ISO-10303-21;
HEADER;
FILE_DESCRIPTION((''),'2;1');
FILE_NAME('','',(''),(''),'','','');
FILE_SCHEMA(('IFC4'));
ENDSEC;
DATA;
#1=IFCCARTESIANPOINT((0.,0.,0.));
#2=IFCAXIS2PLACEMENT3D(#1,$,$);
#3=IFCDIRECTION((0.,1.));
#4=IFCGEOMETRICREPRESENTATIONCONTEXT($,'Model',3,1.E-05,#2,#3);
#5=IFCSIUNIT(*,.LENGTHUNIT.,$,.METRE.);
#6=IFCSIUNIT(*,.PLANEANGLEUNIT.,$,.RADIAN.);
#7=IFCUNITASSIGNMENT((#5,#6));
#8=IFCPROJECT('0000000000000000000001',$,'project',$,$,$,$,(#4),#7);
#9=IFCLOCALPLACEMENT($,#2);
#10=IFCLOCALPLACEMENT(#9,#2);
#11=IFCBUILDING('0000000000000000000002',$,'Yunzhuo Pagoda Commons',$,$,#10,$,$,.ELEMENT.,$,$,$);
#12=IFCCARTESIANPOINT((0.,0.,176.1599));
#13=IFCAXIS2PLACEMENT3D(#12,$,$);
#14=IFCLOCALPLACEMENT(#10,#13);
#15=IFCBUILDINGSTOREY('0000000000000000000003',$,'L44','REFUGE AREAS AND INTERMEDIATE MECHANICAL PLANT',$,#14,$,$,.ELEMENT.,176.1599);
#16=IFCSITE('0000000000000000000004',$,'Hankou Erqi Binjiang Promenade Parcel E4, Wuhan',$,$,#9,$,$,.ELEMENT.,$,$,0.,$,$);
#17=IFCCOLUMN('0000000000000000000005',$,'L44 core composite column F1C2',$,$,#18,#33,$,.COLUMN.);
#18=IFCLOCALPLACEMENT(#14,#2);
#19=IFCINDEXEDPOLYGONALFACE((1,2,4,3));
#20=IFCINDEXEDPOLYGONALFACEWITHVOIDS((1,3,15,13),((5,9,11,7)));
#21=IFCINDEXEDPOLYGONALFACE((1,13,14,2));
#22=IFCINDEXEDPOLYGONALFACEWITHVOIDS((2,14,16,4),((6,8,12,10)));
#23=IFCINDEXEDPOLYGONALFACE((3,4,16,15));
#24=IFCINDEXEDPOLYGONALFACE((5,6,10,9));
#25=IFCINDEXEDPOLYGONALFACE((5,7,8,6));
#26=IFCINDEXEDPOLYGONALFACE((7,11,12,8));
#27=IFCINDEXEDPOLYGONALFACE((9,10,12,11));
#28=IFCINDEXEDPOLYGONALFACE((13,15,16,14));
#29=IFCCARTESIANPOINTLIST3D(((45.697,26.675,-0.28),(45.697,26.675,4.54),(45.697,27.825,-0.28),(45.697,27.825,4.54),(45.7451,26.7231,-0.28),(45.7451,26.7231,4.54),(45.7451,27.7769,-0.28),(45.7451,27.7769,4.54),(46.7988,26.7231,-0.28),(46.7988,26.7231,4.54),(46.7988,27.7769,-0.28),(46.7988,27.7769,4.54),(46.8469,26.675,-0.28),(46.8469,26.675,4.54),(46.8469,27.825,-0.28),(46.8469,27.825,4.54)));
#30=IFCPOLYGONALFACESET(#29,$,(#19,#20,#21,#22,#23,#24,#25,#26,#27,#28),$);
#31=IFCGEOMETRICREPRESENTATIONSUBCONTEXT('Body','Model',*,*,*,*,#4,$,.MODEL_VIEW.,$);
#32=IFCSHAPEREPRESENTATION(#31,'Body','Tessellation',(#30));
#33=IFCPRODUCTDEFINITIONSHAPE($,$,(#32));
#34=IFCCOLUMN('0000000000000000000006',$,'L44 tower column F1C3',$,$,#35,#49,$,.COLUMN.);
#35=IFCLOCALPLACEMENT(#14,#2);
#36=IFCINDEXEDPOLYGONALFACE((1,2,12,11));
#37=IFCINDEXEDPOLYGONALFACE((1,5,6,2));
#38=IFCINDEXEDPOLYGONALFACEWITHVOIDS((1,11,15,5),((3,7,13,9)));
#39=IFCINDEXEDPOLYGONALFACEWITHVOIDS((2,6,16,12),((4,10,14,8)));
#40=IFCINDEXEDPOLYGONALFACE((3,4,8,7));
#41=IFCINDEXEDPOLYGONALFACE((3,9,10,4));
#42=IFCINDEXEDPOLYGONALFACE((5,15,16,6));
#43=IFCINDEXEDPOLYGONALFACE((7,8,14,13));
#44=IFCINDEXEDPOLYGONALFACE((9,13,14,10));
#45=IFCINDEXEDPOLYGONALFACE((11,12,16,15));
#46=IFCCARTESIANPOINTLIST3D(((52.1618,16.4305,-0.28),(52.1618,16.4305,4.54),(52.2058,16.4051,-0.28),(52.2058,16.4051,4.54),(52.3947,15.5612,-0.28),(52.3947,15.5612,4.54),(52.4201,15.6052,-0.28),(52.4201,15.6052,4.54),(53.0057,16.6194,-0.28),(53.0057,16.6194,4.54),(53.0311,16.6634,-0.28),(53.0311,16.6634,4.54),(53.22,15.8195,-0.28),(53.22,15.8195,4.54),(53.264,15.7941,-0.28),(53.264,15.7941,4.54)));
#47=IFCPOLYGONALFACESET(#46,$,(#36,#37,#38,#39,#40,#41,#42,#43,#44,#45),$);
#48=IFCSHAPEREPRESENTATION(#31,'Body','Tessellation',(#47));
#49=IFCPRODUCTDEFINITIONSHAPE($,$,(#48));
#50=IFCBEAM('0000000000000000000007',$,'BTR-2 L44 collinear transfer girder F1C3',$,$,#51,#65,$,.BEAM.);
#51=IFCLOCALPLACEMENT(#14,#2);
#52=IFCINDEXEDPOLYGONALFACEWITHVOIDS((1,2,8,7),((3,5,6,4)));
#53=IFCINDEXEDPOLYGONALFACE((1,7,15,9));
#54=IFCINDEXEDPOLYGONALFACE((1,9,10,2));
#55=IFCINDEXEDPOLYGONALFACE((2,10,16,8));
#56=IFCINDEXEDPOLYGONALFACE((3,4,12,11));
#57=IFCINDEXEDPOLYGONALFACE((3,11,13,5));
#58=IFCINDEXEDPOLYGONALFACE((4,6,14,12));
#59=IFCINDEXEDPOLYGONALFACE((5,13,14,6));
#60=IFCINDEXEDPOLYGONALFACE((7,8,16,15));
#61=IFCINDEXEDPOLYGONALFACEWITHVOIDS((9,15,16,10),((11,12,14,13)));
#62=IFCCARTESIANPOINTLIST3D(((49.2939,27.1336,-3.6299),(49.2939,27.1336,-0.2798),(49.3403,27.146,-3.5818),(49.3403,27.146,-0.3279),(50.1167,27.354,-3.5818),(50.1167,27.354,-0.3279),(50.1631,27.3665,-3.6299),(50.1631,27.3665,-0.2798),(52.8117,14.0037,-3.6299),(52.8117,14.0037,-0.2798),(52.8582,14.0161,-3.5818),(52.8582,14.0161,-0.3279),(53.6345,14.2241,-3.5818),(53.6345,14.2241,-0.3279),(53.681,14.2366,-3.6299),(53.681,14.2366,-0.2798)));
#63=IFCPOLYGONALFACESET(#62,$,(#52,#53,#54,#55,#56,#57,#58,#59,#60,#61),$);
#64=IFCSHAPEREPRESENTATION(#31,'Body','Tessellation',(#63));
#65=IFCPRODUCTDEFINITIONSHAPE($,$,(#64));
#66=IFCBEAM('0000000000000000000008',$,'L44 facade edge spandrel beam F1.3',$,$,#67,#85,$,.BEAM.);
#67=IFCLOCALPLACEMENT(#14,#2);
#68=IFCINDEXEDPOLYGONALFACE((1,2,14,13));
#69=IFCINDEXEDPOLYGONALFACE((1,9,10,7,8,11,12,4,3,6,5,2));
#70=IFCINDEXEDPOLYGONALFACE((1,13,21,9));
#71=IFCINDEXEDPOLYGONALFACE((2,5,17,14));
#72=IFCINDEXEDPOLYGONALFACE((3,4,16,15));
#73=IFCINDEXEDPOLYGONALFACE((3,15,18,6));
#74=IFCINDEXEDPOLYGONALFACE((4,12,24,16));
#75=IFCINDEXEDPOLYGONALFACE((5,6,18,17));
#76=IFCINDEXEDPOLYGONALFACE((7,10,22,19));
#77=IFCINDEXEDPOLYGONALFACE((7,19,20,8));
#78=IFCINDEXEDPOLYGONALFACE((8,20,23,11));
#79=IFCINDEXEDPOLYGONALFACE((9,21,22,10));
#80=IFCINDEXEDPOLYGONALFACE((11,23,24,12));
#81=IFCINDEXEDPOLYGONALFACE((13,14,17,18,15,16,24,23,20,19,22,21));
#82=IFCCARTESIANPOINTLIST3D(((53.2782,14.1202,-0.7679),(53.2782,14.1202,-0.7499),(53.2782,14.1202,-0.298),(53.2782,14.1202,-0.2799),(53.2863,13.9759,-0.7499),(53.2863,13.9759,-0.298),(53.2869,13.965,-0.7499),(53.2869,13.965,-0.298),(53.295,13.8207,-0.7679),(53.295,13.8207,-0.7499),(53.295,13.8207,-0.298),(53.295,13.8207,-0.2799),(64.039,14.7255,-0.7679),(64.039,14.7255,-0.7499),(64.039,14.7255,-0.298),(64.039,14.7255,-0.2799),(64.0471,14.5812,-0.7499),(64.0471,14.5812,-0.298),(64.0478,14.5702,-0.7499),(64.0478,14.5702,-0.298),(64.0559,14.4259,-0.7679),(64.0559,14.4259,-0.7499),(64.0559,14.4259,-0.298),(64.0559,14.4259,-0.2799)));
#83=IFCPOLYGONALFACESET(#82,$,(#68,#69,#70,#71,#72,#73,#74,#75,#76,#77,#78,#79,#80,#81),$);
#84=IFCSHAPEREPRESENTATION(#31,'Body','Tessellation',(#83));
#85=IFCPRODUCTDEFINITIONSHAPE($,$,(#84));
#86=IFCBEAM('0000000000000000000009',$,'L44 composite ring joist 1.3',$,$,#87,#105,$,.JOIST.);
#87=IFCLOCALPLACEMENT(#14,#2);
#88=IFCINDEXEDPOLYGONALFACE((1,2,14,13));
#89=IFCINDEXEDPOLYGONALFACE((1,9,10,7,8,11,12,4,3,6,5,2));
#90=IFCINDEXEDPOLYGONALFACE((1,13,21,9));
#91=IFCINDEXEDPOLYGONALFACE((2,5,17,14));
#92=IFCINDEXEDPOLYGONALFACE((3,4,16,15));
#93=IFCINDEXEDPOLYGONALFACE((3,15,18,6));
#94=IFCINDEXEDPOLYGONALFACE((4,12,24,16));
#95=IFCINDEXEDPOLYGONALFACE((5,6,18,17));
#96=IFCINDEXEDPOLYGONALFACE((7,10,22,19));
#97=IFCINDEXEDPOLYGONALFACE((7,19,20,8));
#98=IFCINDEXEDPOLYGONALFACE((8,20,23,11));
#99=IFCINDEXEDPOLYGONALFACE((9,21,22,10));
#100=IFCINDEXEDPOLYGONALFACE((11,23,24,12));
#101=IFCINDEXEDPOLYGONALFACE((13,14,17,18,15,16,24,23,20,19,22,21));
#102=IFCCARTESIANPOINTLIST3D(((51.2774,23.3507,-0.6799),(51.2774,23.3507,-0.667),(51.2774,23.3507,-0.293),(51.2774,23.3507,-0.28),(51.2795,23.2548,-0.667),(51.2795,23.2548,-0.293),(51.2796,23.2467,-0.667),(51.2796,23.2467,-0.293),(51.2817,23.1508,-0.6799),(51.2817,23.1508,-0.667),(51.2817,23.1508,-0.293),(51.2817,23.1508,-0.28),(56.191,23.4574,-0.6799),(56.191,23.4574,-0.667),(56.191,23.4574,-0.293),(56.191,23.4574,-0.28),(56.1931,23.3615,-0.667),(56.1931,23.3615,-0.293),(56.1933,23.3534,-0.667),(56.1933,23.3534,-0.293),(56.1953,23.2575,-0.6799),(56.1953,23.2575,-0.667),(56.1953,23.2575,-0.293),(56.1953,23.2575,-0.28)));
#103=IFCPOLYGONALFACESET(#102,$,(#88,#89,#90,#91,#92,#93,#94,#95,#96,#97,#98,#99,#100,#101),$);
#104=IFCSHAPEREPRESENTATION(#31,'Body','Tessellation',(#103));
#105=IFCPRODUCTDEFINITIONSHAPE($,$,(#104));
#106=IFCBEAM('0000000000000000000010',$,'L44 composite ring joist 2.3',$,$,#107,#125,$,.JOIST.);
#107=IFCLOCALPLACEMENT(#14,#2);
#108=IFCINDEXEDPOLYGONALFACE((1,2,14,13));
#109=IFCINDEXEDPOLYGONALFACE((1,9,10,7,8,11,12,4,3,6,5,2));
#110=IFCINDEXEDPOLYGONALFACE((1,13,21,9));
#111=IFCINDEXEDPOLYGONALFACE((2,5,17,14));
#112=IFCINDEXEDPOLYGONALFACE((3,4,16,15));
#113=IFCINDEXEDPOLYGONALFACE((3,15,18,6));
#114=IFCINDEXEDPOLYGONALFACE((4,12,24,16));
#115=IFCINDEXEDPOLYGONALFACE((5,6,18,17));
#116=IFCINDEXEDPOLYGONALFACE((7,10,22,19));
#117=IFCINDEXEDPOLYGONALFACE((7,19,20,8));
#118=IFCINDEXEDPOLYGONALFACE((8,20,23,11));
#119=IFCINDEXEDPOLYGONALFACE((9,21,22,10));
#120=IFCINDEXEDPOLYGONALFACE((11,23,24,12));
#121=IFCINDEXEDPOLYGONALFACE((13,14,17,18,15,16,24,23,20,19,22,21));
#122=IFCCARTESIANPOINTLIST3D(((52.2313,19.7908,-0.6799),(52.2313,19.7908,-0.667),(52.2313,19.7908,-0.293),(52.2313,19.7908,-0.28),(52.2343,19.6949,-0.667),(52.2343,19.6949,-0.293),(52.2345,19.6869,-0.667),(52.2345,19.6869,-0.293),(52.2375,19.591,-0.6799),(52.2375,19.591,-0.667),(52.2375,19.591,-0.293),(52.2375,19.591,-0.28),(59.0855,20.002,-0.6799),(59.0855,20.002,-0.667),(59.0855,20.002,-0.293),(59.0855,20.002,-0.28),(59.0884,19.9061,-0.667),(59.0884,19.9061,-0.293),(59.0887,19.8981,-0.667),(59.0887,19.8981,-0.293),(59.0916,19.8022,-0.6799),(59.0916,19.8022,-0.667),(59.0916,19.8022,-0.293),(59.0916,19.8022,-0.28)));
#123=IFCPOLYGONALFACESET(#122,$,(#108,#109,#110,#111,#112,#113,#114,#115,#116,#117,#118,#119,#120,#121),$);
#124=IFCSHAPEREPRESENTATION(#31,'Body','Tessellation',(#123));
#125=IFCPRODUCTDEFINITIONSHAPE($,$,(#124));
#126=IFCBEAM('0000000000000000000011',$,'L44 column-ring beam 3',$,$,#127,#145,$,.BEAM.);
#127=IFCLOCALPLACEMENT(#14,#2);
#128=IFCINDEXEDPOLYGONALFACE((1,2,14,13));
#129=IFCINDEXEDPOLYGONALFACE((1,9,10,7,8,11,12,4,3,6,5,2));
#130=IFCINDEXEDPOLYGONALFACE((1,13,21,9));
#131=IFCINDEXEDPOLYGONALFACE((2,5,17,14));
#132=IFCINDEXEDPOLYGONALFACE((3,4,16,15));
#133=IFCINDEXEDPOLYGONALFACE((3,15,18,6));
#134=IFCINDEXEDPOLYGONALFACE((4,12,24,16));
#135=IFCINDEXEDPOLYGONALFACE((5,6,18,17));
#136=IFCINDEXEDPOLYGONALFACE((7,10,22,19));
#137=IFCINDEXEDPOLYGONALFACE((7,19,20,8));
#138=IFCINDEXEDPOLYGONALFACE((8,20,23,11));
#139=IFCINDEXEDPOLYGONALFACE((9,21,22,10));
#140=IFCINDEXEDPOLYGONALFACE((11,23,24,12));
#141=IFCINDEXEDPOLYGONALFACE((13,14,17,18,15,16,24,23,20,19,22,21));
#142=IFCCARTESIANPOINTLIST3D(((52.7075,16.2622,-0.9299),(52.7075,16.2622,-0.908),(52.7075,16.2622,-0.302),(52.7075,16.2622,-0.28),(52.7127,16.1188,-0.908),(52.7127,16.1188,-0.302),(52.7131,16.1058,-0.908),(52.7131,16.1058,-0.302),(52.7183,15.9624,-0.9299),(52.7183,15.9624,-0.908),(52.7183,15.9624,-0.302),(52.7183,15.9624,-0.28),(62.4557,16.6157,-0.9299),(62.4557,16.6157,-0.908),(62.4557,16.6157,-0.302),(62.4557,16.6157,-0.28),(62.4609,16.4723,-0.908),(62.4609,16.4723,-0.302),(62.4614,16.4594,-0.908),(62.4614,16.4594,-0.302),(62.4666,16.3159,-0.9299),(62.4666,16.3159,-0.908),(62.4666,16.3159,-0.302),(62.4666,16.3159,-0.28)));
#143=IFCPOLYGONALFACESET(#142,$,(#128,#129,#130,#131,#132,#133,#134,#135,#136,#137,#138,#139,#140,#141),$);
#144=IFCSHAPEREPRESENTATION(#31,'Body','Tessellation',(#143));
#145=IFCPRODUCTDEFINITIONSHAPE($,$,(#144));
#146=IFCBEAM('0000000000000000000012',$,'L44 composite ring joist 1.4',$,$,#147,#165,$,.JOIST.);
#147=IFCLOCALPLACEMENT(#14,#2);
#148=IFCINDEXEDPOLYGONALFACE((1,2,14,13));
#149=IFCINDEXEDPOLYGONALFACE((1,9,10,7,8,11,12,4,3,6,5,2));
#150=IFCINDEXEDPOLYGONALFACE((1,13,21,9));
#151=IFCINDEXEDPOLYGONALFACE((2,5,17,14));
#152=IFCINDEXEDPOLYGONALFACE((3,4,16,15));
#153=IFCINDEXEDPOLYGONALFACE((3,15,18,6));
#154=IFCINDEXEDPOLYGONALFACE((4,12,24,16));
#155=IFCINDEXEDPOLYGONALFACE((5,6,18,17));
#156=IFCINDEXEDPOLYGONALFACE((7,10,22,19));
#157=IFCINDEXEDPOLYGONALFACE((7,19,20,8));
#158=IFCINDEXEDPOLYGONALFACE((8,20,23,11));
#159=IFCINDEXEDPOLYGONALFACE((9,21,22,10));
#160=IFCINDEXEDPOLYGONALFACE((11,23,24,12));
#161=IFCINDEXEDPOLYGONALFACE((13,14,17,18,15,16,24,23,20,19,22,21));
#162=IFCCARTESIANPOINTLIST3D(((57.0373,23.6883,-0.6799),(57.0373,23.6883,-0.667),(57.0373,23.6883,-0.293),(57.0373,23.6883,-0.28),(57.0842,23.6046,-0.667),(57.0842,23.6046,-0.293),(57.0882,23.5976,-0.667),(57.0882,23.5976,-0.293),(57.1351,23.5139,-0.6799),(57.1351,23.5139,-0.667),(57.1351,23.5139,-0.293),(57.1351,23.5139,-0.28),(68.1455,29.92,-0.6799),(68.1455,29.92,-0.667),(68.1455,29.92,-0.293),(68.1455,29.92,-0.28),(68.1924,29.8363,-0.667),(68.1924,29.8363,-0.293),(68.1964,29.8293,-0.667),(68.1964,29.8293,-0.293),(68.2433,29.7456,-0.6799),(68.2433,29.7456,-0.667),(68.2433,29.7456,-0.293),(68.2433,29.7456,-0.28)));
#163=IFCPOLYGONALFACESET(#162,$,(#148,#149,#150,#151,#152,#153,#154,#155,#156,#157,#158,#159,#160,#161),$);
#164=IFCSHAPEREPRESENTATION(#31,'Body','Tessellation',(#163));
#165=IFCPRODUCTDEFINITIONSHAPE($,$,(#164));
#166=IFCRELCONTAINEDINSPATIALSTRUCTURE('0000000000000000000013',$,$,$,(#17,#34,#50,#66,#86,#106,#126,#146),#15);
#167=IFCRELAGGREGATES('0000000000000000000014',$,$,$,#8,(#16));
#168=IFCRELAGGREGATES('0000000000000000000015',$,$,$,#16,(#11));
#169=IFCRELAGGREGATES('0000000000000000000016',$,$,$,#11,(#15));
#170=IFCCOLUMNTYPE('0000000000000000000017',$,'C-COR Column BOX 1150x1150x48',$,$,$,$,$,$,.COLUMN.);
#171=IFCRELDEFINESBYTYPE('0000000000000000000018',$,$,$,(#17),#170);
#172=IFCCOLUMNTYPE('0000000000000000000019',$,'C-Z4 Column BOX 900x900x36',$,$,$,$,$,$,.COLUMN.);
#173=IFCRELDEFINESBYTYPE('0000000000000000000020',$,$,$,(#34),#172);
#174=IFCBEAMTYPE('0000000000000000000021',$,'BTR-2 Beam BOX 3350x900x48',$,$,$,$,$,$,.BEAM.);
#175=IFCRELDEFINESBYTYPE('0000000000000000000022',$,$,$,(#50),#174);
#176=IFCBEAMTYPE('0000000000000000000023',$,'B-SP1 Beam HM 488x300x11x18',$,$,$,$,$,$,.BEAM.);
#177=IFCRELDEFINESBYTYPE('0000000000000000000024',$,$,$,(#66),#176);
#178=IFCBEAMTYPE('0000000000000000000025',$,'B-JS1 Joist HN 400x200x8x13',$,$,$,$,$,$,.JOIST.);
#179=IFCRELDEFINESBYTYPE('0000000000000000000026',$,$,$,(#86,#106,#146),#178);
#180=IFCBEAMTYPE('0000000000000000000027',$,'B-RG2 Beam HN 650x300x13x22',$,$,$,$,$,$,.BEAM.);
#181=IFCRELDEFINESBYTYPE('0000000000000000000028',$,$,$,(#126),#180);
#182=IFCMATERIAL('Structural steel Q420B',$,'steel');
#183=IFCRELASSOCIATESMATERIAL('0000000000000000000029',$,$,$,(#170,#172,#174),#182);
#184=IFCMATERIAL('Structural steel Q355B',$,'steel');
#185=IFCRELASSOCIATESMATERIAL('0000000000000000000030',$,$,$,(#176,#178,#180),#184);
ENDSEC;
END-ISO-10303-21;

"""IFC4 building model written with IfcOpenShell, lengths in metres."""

from ifc_helpers import new_model, si_unit, direction, frame, origin, origin_2d, place, context, subcontext, project, spatial, hollow_rectangle, i_section, extrude, source, transform, mapped, material, material_profile, profile_set, type_object, element, save


model = new_model("IFC4")

# Units and contexts
model_context = context("Model", 3, precision=1e-05, world=origin(), true_north=direction((0.0, 1.0)))
body_context = subcontext(model_context, "Body", "Model", "MODEL_VIEW")
ifc_project = project(units=[si_unit("LENGTHUNIT", "METRE"), si_unit("PLANEANGLEUNIT", "RADIAN")], contexts=[model_context])

# Site, building, storey
site_placement = place(None, origin())
site = spatial("IfcSite", under=ifc_project, at=site_placement, Name="Hankou Erqi Binjiang Promenade Parcel E4, Wuhan", CompositionType="ELEMENT", RefElevation=0.0)
building_placement = place(site_placement, origin())
building = spatial("IfcBuilding", under=site, at=building_placement, Name="Yunzhuo Pagoda Commons", CompositionType="ELEMENT")
storey_placement = place(building_placement, frame((0.0, 0.0, 176.1599)))
storey = spatial("IfcBuildingStorey", under=building, at=storey_placement, Name="L44", Description="REFUGE AREAS AND INTERMEDIATE MECHANICAL PLANT", CompositionType="ELEMENT", Elevation=176.1599)

# Columns
ifc_material_1 = material(Name="Structural steel Q420B", Category="steel")
ifc_material_profile_1 = material_profile(ifc_material_1, hollow_rectangle(XDim=1.1499, YDim=1.1499, WallThickness=0.0481, at=origin_2d()), Name="Structural steel Q420B")
ifc_profile_set_1 = profile_set([ifc_material_profile_1], Name="Structural steel Q420B")
column_type_1 = type_object("IfcColumnType", Name="C-COR Column BOX 1150x1150x48", PredefinedType="COLUMN", material=ifc_profile_set_1)
shared_shape_1 = source(origin(), body_context, "Body", "SweptSolid", [
    extrude(hollow_rectangle(XDim=1.1499, YDim=1.1499, WallThickness=0.0481, at=origin_2d()), origin(), (0.0, 0.0, 1.0), 4.8201),
])
column_1_placement = place(storey_placement, frame((46.272, 27.25, -0.28), z_axis=(0.0, 0.0, 1.0), x_axis=(1.0, 0.0, 0.0)))
element("IfcColumn", 1, at=column_1_placement, inside=storey, type_object=column_type_1, Name="L44 core composite column F1C2", PredefinedType="COLUMN", context=body_context, shape_type="MappedRepresentation", body=[
    mapped(shared_shape_1, transform((0.0, 0.0, 0.0), scale=1.0)),
])
ifc_material_profile_2 = material_profile(ifc_material_1, hollow_rectangle(XDim=0.8999, YDim=0.8999, WallThickness=0.0359, at=origin_2d()), Name="Structural steel Q420B")
ifc_profile_set_2 = profile_set([ifc_material_profile_2], Name="Structural steel Q420B")
column_type_2 = type_object("IfcColumnType", Name="C-Z4 Column BOX 900x900x36", PredefinedType="COLUMN", material=ifc_profile_set_2)
shared_shape_2 = source(origin(), body_context, "Body", "SweptSolid", [
    extrude(hollow_rectangle(XDim=0.8999, YDim=0.8999, WallThickness=0.0359, at=origin_2d()), origin(), (0.0, 0.0, 1.0), 4.8201),
])
column_2_placement = place(storey_placement, frame((52.7129, 16.1123, -0.28), z_axis=(0.0, 0.0, 1.0), x_axis=(0.965926, 0.258819, 0.0)))
element("IfcColumn", 2, at=column_2_placement, inside=storey, type_object=column_type_2, Name="L44 tower column F1C3", PredefinedType="COLUMN", context=body_context, shape_type="MappedRepresentation", body=[
    mapped(shared_shape_2, transform((0.0, 0.0, 0.0), scale=1.0)),
])

# Beams
ifc_material_profile_3 = material_profile(ifc_material_1, hollow_rectangle(XDim=0.8999, YDim=3.3501, WallThickness=0.0481, at=origin_2d()), Name="Structural steel Q420B")
ifc_profile_set_3 = profile_set([ifc_material_profile_3], Name="Structural steel Q420B")
beam_type_1 = type_object("IfcBeamType", Name="BTR-2 Beam BOX 3350x900x48", PredefinedType="BEAM", material=ifc_profile_set_3)
shared_shape_3 = source(origin(), body_context, "Body", "SweptSolid", [
    extrude(hollow_rectangle(XDim=0.8999, YDim=3.3501, WallThickness=0.0481, at=origin_2d()), origin(), (0.0, 0.0, 1.0), 13.593),
])
beam_1_placement = place(storey_placement, frame((53.2463, 14.1201, -1.9548), z_axis=(-0.258797, 0.965932, 0.0), x_axis=(-0.965932, -0.258797, 0.0)))
element("IfcBeam", 3, at=beam_1_placement, inside=storey, type_object=beam_type_1, Name="BTR-2 L44 collinear transfer girder F1C3", PredefinedType="BEAM", context=body_context, shape_type="MappedRepresentation", body=[
    mapped(shared_shape_3, transform((0.0, 0.0, 0.0), scale=1.0)),
])
ifc_material_2 = material(Name="Structural steel Q355B", Category="steel")
ifc_material_profile_4 = material_profile(ifc_material_2, i_section(OverallWidth=0.3, OverallDepth=0.488, WebThickness=0.011, FlangeThickness=0.0181, at=origin_2d()), Name="Structural steel Q355B")
ifc_profile_set_4 = profile_set([ifc_material_profile_4], Name="Structural steel Q355B")
beam_type_2 = type_object("IfcBeamType", Name="B-SP1 Beam HM 488x300x11x18", PredefinedType="BEAM", material=ifc_profile_set_4)
shared_shape_4 = source(origin(), body_context, "Body", "SweptSolid", [
    extrude(i_section(OverallWidth=0.3, OverallDepth=0.488, WebThickness=0.011, FlangeThickness=0.0181, at=origin_2d()), origin(), (0.0, 0.0, 1.0), 10.7778),
])
beam_2_placement = place(storey_placement, frame((53.2866, 13.9705, -0.5239), z_axis=(0.998422, 0.056155, 0.0), x_axis=(-0.056155, 0.998422, 0.0)))
element("IfcBeam", 4, at=beam_2_placement, inside=storey, type_object=beam_type_2, Name="L44 facade edge spandrel beam F1.3", PredefinedType="BEAM", context=body_context, shape_type="MappedRepresentation", body=[
    mapped(shared_shape_4, transform((0.0, 0.0, 0.0), scale=1.0)),
])
ifc_material_profile_5 = material_profile(ifc_material_2, i_section(OverallWidth=0.2, OverallDepth=0.3999, WebThickness=0.0081, FlangeThickness=0.0129, at=origin_2d()), Name="Structural steel Q355B")
ifc_profile_set_5 = profile_set([ifc_material_profile_5], Name="Structural steel Q355B")
beam_type_3 = type_object("IfcBeamType", Name="B-JS1 Joist HN 400x200x8x13", PredefinedType="JOIST", material=ifc_profile_set_5)
shared_shape_5 = source(origin(), body_context, "Body", "SweptSolid", [
    extrude(i_section(OverallWidth=0.2, OverallDepth=0.3999, WebThickness=0.0081, FlangeThickness=0.0129, at=origin_2d()), origin(), (0.0, 0.0, 1.0), 4.9148),
])
beam_3_placement = place(storey_placement, frame((51.2795, 23.2507, -0.48), z_axis=(0.999764, 0.021708, 0.0), x_axis=(-0.021708, 0.999764, 0.0)))
element("IfcBeam", 5, at=beam_3_placement, inside=storey, type_object=beam_type_3, Name="L44 composite ring joist 1.3", PredefinedType="JOIST", context=body_context, shape_type="MappedRepresentation", body=[
    mapped(shared_shape_5, transform((0.0, 0.0, 0.0), scale=1.0)),
])
shared_shape_6 = source(origin(), body_context, "Body", "SweptSolid", [
    extrude(i_section(OverallWidth=0.2, OverallDepth=0.3999, WebThickness=0.0081, FlangeThickness=0.0129, at=origin_2d()), origin(), (0.0, 0.0, 1.0), 6.8574),
])
beam_4_placement = place(storey_placement, frame((52.2344, 19.6909, -0.48), z_axis=(0.999526, 0.030796, 0.0), x_axis=(-0.030796, 0.999526, 0.0)))
element("IfcBeam", 6, at=beam_4_placement, inside=storey, type_object=beam_type_3, Name="L44 composite ring joist 2.3", PredefinedType="JOIST", context=body_context, shape_type="MappedRepresentation", body=[
    mapped(shared_shape_6, transform((0.0, 0.0, 0.0), scale=1.0)),
])
ifc_material_profile_6 = material_profile(ifc_material_2, i_section(OverallWidth=0.3, OverallDepth=0.6499, WebThickness=0.0129, FlangeThickness=0.022, at=origin_2d()), Name="Structural steel Q355B")
ifc_profile_set_6 = profile_set([ifc_material_profile_6], Name="Structural steel Q355B")
beam_type_4 = type_object("IfcBeamType", Name="B-RG2 Beam HN 650x300x13x22", PredefinedType="BEAM", material=ifc_profile_set_6)
shared_shape_7 = source(origin(), body_context, "Body", "SweptSolid", [
    extrude(i_section(OverallWidth=0.3, OverallDepth=0.6499, WebThickness=0.0129, FlangeThickness=0.022, at=origin_2d()), origin(), (0.0, 0.0, 1.0), 9.7546),
])
beam_5_placement = place(storey_placement, frame((52.7129, 16.1123, -0.605), z_axis=(0.999343, 0.036241, 0.0), x_axis=(-0.036241, 0.999343, 0.0)))
element("IfcBeam", 7, at=beam_5_placement, inside=storey, type_object=beam_type_4, Name="L44 column-ring beam 3", PredefinedType="BEAM", context=body_context, shape_type="MappedRepresentation", body=[
    mapped(shared_shape_7, transform((0.0, 0.0, 0.0), scale=1.0)),
])
shared_shape_8 = source(origin(), body_context, "Body", "SweptSolid", [
    extrude(i_section(OverallWidth=0.2, OverallDepth=0.3999, WebThickness=0.0081, FlangeThickness=0.0129, at=origin_2d()), origin(), (0.0, 0.0, 1.0), 12.7368),
])
beam_6_placement = place(storey_placement, frame((57.0862, 23.6011, -0.48), z_axis=(0.872133, 0.489268, 0.0), x_axis=(-0.489268, 0.872133, 0.0)))
element("IfcBeam", 8, at=beam_6_placement, inside=storey, type_object=beam_type_3, Name="L44 composite ring joist 1.4", PredefinedType="JOIST", context=body_context, shape_type="MappedRepresentation", body=[
    mapped(shared_shape_8, transform((0.0, 0.0, 0.0), scale=1.0)),
])

save(model, "model.ifc")
